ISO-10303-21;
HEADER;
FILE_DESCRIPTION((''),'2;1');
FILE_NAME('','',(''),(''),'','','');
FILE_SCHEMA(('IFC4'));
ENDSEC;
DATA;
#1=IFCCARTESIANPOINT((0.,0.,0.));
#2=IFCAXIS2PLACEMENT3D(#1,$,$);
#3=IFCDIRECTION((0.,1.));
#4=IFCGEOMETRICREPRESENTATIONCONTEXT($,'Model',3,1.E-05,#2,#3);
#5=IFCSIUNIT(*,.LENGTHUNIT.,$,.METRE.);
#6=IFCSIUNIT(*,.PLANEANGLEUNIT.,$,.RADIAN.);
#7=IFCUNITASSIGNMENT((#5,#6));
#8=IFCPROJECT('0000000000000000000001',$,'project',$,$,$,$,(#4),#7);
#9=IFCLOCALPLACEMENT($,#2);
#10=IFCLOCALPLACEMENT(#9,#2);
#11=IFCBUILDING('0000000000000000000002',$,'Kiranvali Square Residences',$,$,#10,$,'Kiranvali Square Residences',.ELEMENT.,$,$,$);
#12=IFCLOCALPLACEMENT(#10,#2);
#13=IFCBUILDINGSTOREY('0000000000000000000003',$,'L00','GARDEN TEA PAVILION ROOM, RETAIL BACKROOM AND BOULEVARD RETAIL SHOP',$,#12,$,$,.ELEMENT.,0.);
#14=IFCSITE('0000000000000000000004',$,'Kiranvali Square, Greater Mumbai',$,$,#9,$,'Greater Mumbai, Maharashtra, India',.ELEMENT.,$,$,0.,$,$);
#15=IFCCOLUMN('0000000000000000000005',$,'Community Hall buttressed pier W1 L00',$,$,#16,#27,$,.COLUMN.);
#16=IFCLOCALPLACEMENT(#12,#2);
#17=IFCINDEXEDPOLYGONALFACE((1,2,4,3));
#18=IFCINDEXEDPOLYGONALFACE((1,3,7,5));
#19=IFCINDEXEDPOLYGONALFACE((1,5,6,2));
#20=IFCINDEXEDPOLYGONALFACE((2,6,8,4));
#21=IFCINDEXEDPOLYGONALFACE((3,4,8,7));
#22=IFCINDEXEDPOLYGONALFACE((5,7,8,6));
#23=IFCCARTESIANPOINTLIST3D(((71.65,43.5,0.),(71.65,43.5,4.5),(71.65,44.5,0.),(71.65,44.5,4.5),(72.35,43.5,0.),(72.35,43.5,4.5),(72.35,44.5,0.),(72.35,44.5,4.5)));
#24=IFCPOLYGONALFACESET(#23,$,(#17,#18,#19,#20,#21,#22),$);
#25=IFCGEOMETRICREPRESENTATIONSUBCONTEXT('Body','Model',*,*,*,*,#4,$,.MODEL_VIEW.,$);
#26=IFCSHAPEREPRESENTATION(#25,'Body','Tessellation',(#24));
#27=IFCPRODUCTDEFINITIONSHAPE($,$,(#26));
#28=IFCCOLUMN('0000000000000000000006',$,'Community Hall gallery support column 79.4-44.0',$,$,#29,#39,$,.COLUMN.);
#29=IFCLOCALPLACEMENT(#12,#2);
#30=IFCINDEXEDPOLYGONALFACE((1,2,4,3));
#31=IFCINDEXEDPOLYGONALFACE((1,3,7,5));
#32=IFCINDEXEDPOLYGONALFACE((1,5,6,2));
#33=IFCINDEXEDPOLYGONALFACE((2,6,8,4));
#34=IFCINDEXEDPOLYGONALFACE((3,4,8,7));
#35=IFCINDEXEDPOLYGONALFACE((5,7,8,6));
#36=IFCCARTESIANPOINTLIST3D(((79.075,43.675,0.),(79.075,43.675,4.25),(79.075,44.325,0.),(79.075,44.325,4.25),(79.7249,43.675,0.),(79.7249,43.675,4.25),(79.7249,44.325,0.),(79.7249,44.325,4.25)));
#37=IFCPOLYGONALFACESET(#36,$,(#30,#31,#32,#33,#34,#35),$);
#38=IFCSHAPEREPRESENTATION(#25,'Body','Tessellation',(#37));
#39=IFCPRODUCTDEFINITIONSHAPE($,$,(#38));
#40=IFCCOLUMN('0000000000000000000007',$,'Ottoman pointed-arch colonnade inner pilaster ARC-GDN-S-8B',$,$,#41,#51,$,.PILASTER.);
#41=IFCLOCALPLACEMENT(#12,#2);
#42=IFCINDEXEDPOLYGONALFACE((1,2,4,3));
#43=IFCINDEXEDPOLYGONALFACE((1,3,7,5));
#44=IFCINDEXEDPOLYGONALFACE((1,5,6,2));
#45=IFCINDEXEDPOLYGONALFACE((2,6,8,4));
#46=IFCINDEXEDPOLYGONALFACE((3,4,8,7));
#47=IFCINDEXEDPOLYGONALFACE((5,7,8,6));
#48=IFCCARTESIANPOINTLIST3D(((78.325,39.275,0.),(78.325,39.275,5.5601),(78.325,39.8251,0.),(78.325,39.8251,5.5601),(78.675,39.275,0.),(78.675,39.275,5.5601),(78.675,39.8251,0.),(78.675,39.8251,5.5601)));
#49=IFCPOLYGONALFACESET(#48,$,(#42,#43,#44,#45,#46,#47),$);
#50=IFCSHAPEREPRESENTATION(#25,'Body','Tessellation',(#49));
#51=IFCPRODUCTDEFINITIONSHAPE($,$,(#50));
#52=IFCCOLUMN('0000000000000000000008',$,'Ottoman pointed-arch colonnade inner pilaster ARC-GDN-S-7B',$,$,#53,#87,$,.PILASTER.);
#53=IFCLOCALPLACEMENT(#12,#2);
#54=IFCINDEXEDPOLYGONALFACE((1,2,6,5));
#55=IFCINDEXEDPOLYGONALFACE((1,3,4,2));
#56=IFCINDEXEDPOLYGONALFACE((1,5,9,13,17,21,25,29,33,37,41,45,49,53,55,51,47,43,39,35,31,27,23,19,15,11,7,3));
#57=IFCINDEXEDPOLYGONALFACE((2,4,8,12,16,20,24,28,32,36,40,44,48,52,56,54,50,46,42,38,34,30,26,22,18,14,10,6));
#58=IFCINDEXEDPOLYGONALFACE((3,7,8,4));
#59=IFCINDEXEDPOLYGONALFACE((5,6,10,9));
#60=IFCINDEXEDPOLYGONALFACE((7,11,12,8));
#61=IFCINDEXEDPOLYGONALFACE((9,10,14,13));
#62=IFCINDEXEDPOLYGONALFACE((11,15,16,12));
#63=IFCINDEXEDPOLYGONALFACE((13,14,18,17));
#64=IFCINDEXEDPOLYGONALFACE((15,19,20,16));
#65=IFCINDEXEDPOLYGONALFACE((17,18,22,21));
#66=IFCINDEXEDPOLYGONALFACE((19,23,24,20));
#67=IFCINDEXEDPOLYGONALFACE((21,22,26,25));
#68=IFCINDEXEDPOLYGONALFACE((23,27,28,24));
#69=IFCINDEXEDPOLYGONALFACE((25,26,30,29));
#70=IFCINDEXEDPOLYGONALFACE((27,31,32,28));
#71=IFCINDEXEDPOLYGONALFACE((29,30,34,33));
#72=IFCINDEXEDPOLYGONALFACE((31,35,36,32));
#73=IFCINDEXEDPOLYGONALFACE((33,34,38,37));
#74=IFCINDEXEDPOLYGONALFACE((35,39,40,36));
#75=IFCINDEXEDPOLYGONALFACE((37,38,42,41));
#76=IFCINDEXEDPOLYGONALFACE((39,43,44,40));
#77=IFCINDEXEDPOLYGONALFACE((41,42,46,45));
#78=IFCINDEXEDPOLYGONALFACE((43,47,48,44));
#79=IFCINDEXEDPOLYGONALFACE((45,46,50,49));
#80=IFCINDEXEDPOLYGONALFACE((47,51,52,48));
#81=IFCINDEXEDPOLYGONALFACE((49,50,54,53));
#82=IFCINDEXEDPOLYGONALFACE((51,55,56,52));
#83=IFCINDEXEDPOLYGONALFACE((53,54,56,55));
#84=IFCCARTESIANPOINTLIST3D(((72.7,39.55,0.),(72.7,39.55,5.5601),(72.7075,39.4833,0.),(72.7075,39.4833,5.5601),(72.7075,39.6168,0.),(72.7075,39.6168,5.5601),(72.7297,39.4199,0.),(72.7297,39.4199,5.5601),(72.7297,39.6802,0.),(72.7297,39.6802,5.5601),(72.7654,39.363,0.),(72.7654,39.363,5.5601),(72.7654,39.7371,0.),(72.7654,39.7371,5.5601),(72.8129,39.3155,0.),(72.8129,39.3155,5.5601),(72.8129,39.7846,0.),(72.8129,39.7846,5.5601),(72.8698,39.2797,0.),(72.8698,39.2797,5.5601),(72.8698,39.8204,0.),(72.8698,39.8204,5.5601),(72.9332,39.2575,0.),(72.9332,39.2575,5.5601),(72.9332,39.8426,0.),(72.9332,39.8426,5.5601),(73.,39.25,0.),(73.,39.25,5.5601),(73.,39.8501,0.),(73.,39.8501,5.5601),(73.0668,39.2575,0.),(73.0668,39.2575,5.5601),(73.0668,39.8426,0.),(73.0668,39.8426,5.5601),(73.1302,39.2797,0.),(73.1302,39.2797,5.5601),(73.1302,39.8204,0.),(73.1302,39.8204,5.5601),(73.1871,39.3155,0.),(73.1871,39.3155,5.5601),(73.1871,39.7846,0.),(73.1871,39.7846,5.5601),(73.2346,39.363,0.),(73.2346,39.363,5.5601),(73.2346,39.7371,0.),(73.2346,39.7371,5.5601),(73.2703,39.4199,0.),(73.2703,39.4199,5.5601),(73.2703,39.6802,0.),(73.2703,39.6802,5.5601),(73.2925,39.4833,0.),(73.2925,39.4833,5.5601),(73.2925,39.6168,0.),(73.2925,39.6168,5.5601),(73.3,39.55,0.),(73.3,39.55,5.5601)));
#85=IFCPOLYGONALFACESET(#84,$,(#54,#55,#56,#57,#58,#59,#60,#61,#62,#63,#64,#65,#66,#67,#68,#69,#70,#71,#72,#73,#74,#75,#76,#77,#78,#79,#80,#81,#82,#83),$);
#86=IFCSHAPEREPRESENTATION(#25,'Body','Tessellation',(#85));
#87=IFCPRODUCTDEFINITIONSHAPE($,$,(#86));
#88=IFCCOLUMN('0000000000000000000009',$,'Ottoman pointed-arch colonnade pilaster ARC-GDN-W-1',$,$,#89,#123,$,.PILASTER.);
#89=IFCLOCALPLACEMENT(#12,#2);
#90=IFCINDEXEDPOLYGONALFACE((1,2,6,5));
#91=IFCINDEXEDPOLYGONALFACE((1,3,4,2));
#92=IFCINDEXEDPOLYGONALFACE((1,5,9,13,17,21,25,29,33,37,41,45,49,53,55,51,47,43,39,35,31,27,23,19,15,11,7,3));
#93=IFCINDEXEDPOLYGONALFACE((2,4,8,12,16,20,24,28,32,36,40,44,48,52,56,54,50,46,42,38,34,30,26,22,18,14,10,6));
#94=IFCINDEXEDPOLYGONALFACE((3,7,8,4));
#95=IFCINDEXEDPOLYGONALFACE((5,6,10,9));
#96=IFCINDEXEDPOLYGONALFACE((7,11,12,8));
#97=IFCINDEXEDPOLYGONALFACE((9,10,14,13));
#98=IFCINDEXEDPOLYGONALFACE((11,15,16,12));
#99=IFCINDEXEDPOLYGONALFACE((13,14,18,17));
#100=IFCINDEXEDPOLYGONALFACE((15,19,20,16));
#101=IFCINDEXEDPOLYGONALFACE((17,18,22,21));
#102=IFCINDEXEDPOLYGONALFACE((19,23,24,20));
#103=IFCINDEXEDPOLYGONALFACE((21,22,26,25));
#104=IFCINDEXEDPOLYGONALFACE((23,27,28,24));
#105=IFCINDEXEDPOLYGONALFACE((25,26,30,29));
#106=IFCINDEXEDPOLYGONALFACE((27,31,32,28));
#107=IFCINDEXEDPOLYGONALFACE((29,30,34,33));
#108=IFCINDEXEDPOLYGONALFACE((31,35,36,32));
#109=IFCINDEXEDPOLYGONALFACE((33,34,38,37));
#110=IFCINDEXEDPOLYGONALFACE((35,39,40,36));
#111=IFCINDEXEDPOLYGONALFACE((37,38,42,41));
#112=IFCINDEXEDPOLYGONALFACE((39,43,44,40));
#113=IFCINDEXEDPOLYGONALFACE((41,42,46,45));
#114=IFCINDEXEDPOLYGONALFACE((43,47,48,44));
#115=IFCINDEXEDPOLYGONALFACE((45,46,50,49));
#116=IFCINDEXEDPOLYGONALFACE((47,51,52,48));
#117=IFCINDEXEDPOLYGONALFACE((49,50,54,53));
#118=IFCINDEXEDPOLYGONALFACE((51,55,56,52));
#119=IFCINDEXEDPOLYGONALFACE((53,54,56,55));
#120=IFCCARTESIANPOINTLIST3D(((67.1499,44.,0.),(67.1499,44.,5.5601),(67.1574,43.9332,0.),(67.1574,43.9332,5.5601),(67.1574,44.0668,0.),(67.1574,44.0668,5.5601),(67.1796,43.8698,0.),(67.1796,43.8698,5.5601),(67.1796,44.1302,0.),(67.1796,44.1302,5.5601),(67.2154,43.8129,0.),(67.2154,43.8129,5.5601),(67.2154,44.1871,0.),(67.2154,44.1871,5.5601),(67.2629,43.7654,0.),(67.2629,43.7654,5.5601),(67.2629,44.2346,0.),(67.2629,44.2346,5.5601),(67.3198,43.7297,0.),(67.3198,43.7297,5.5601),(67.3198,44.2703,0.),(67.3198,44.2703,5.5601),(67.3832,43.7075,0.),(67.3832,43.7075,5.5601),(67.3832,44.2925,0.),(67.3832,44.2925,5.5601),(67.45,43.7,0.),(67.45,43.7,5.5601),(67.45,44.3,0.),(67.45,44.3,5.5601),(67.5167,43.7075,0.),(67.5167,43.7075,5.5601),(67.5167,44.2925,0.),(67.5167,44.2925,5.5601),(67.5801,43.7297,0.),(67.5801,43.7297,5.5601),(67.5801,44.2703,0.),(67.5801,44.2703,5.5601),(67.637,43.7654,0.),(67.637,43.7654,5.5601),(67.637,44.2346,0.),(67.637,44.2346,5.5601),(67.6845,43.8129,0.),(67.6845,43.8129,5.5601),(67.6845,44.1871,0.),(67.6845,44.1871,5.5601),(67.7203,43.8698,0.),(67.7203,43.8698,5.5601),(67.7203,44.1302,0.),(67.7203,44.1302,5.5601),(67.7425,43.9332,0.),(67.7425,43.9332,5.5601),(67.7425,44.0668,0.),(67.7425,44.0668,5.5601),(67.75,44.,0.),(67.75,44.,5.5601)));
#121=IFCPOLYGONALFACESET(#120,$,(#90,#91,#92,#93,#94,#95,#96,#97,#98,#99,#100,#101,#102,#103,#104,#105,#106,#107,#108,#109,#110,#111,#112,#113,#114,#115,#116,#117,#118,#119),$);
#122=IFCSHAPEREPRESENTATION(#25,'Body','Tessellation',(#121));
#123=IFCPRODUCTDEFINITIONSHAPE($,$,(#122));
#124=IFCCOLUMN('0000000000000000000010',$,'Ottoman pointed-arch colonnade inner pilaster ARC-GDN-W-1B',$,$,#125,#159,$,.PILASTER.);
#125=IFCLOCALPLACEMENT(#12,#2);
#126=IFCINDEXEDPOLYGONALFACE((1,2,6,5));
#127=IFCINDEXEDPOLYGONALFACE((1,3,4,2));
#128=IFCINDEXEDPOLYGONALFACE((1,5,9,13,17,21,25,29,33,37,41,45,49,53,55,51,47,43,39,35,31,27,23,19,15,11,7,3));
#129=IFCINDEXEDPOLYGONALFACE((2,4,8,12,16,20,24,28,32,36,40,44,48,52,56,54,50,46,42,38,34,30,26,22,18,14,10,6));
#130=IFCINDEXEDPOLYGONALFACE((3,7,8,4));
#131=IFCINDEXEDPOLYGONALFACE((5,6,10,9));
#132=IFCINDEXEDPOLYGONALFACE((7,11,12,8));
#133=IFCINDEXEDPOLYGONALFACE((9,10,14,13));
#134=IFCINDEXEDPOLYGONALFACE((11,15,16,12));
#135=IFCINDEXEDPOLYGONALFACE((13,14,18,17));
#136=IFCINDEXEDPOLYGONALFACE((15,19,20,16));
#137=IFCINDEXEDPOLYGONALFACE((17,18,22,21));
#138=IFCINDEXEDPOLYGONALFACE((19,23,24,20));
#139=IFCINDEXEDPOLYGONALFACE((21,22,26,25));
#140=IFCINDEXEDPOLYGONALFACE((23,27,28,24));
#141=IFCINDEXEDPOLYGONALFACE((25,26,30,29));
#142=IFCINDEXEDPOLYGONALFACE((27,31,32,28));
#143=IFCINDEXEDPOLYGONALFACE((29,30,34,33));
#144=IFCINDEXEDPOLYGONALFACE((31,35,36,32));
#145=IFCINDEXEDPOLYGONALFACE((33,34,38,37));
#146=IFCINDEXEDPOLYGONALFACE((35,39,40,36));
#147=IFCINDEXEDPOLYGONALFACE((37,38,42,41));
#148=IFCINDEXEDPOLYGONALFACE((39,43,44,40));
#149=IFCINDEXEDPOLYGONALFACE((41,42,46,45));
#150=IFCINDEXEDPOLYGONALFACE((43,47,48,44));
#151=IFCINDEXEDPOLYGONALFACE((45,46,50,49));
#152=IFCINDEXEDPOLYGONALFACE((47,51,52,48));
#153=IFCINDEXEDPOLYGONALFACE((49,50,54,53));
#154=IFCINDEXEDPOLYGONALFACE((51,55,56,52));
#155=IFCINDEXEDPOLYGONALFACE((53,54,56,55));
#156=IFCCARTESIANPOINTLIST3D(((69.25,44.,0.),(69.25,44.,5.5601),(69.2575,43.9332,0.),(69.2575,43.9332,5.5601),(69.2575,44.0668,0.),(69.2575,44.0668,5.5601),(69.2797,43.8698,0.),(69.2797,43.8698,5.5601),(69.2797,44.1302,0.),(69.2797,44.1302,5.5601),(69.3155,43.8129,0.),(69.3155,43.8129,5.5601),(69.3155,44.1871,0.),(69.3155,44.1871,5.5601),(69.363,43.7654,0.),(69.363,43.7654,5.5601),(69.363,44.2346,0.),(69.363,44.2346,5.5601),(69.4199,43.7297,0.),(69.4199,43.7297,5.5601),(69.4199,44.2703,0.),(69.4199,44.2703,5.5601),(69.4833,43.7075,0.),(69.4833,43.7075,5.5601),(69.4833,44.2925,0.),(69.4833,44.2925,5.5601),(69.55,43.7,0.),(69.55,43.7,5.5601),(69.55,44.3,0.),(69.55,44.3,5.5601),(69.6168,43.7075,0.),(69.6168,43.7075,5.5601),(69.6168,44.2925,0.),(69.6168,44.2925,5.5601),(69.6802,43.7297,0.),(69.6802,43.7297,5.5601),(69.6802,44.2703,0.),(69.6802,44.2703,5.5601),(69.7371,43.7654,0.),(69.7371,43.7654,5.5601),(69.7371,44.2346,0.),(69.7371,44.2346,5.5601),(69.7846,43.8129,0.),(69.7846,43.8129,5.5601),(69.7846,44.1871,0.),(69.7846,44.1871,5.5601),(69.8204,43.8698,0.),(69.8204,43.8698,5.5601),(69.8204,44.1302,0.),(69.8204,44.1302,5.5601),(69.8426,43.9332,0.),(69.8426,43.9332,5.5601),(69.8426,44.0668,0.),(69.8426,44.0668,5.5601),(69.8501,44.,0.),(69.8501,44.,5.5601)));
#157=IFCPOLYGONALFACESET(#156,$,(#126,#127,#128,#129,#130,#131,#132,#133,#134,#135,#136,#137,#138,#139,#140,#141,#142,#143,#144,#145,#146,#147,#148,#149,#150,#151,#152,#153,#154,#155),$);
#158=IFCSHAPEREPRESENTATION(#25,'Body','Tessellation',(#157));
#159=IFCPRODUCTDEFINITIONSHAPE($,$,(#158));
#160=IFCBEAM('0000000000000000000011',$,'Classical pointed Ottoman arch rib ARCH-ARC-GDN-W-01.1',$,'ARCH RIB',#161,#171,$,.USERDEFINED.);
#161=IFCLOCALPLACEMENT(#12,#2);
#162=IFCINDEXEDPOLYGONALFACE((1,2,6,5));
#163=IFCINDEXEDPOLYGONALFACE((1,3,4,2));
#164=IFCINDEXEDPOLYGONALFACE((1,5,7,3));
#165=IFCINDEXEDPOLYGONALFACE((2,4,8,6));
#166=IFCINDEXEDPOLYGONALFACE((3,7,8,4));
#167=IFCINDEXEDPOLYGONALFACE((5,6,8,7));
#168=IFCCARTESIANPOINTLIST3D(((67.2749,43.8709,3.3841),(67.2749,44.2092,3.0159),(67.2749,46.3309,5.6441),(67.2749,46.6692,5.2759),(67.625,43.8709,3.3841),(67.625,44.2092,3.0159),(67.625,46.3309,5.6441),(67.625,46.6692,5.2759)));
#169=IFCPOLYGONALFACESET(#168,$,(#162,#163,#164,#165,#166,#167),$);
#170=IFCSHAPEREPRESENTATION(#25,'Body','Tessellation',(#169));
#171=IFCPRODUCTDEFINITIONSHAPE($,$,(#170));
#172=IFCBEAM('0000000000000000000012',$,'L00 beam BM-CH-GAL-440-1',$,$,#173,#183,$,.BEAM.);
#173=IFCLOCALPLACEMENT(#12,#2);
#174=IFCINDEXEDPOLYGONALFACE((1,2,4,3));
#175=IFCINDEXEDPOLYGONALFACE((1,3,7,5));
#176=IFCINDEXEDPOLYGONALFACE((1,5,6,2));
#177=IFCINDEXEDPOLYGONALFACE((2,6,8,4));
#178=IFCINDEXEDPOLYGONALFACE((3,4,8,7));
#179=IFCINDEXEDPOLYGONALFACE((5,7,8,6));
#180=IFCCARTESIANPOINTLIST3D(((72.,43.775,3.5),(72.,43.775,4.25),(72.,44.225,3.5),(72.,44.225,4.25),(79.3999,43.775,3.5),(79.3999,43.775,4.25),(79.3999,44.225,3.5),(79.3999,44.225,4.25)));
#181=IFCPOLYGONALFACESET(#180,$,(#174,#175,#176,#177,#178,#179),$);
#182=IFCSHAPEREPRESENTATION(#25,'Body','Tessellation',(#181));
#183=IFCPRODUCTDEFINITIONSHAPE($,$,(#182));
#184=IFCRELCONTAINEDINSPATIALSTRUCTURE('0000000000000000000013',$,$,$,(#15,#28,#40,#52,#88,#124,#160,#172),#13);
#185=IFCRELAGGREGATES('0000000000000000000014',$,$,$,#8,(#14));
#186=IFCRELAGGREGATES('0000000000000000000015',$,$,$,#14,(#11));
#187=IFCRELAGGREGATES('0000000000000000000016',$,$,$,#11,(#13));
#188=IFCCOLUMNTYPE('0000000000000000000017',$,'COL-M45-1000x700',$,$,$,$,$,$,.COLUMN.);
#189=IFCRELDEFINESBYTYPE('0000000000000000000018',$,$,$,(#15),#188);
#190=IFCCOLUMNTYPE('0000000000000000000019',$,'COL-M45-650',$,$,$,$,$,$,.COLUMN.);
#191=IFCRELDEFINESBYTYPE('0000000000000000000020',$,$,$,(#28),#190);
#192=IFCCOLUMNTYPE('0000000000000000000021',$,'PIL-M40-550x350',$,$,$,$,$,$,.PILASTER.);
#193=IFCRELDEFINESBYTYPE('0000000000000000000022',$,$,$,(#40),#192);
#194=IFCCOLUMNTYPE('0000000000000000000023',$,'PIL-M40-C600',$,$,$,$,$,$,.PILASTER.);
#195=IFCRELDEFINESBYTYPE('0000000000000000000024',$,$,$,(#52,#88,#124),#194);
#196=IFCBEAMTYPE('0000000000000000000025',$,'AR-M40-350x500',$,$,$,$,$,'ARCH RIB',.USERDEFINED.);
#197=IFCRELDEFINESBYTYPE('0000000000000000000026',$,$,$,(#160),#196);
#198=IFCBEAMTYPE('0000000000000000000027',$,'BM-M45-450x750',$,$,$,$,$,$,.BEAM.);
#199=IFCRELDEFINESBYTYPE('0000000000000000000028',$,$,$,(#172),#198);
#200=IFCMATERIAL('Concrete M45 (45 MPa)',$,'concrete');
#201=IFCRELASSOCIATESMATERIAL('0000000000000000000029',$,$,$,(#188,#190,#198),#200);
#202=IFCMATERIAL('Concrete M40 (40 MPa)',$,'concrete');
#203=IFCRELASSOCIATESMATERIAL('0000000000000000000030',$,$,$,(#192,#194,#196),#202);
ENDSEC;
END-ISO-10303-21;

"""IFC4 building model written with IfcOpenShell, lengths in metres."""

from ifc_helpers import new_model, si_unit, direction, frame, origin, origin_2d, place, context, subcontext, project, spatial, rectangle, circle, extrude, material, material_profile, profile_set, type_object, element, save


model = new_model("IFC4")

# Units and contexts
model_context = context("Model", 3, precision=1e-05, world=origin(), true_north=direction((0.0, 1.0)))
body_context = subcontext(model_context, "Body", "Model", "MODEL_VIEW")
ifc_project = project(units=[si_unit("LENGTHUNIT", "METRE"), si_unit("PLANEANGLEUNIT", "RADIAN")], contexts=[model_context])

# Site, building, storey
site_placement = place(None, origin())
site = spatial("IfcSite", under=ifc_project, at=site_placement, Name="Kiranvali Square, Greater Mumbai", LongName="Greater Mumbai, Maharashtra, India", CompositionType="ELEMENT", RefElevation=0.0)
building_placement = place(site_placement, origin())
building = spatial("IfcBuilding", under=site, at=building_placement, Name="Kiranvali Square Residences", LongName="Kiranvali Square Residences", CompositionType="ELEMENT")
storey_placement = place(building_placement, origin())
storey = spatial("IfcBuildingStorey", under=building, at=storey_placement, Name="L00", Description="GARDEN TEA PAVILION ROOM, RETAIL BACKROOM AND BOULEVARD RETAIL SHOP", CompositionType="ELEMENT", Elevation=0.0)

# Columns
ifc_material_1 = material(Name="Concrete M45 (45 MPa)", Category="concrete")
ifc_material_profile_1 = material_profile(ifc_material_1, rectangle(XDim=0.7, YDim=1.0, at=origin_2d()), Name="RC 1000x700")
ifc_profile_set_1 = profile_set([ifc_material_profile_1], Name="Concrete M45 (45 MPa)")
column_type_1 = type_object("IfcColumnType", Name="COL-M45-1000x700", PredefinedType="COLUMN", material=ifc_profile_set_1)
column_1_placement = place(storey_placement, frame((72.0, 44.0, 0.0), z_axis=(0.0, 0.0, 1.0), x_axis=(1.0, 0.0, 0.0)))
element("IfcColumn", 1, at=column_1_placement, inside=storey, type_object=column_type_1, Name="Community Hall buttressed pier W1 L00", PredefinedType="COLUMN", context=body_context, shape_type="SweptSolid", body=[
    extrude(rectangle(XDim=0.7, YDim=1.0, at=origin_2d()), origin(), (0.0, 0.0, 1.0), 4.5),
])
ifc_material_profile_2 = material_profile(ifc_material_1, rectangle(XDim=0.6499, YDim=0.6499, at=origin_2d()), Name="RC 650x650")
ifc_profile_set_2 = profile_set([ifc_material_profile_2], Name="Concrete M45 (45 MPa)")
column_type_2 = type_object("IfcColumnType", Name="COL-M45-650", PredefinedType="COLUMN", material=ifc_profile_set_2)
column_2_placement = place(storey_placement, frame((79.3999, 44.0, 0.0), z_axis=(0.0, 0.0, 1.0), x_axis=(1.0, 0.0, 0.0)))
element("IfcColumn", 2, at=column_2_placement, inside=storey, type_object=column_type_2, Name="Community Hall gallery support column 79.4-44.0", PredefinedType="COLUMN", context=body_context, shape_type="SweptSolid", body=[
    extrude(rectangle(XDim=0.6499, YDim=0.6499, at=origin_2d()), origin(), (0.0, 0.0, 1.0), 4.25),
])
ifc_material_2 = material(Name="Concrete M40 (40 MPa)", Category="concrete")
ifc_material_profile_3 = material_profile(ifc_material_2, rectangle(XDim=0.3501, YDim=0.55, at=origin_2d()), Name="RC 550x350")
ifc_profile_set_3 = profile_set([ifc_material_profile_3], Name="Concrete M40 (40 MPa)")
column_type_3 = type_object("IfcColumnType", Name="PIL-M40-550x350", PredefinedType="PILASTER", material=ifc_profile_set_3)
column_3_placement = place(storey_placement, frame((78.5, 39.55, 0.0), z_axis=(0.0, 0.0, 1.0), x_axis=(1.0, 0.0, 0.0)))
element("IfcColumn", 3, at=column_3_placement, inside=storey, type_object=column_type_3, Name="Ottoman pointed-arch colonnade inner pilaster ARC-GDN-S-8B", PredefinedType="PILASTER", context=body_context, shape_type="SweptSolid", body=[
    extrude(rectangle(XDim=0.3501, YDim=0.55, at=origin_2d()), origin(), (0.0, 0.0, 1.0), 5.5601),
])
ifc_material_profile_4 = material_profile(ifc_material_2, circle(Radius=0.3, at=origin_2d()), Name="RC-CIRC 600")
ifc_profile_set_4 = profile_set([ifc_material_profile_4], Name="Concrete M40 (40 MPa)")
column_type_4 = type_object("IfcColumnType", Name="PIL-M40-C600", PredefinedType="PILASTER", material=ifc_profile_set_4)
for number, where, z_axis, x_axis, name in (
    (4, (73.0, 39.55, 0.0), (0.0, 0.0, 1.0), (1.0, 0.0, 0.0), "Ottoman pointed-arch colonnade inner pilaster ARC-GDN-S-7B"),
    (5, (67.45, 44.0, 0.0), (0.0, 0.0, 1.0), (1.0, 0.0, 0.0), "Ottoman pointed-arch colonnade pilaster ARC-GDN-W-1"),
    (6, (69.55, 44.0, 0.0), (0.0, 0.0, 1.0), (1.0, 0.0, 0.0), "Ottoman pointed-arch colonnade inner pilaster ARC-GDN-W-1B"),
):
    element("IfcColumn", number, at=place(storey_placement, frame(where, z_axis=z_axis, x_axis=x_axis)), inside=storey, type_object=column_type_4, Name=name, PredefinedType="PILASTER", context=body_context, shape_type="SweptSolid", body=[
        extrude(circle(Radius=0.3, at=origin_2d()), origin(), (0.0, 0.0, 1.0), 5.5601),
    ])

# Beams
ifc_material_profile_5 = material_profile(ifc_material_2, rectangle(XDim=0.3501, YDim=0.5, at=origin_2d()), Name="RC 350x500")
ifc_profile_set_5 = profile_set([ifc_material_profile_5], Name="Concrete M40 (40 MPa)")
beam_type_1 = type_object("IfcBeamType", Name="AR-M40-350x500", ElementType="ARCH RIB", PredefinedType="USERDEFINED", material=ifc_profile_set_5)
beam_1_placement = place(storey_placement, frame((67.45, 44.04, 3.2), z_axis=(0.0, 0.736401, 0.676545), x_axis=(-1.0, 0.0, 0.0)))
element("IfcBeam", 7, at=beam_1_placement, inside=storey, type_object=beam_type_1, Name="Classical pointed Ottoman arch rib ARCH-ARC-GDN-W-01.1", ObjectType="ARCH RIB", PredefinedType="USERDEFINED", context=body_context, shape_type="SweptSolid", body=[
    extrude(rectangle(XDim=0.3501, YDim=0.5, at=origin_2d()), origin(), (0.0, 0.0, 1.0), 3.3406),
])
ifc_material_profile_6 = material_profile(ifc_material_1, rectangle(XDim=0.45, YDim=0.75, at=origin_2d()), Name="RC 450x750")
ifc_profile_set_6 = profile_set([ifc_material_profile_6], Name="Concrete M45 (45 MPa)")
beam_type_2 = type_object("IfcBeamType", Name="BM-M45-450x750", PredefinedType="BEAM", material=ifc_profile_set_6)
beam_2_placement = place(storey_placement, frame((72.0, 44.0, 3.875), z_axis=(1.0, 0.0, 0.0), x_axis=(0.0, 1.0, 0.0)))
element("IfcBeam", 8, at=beam_2_placement, inside=storey, type_object=beam_type_2, Name="L00 beam BM-CH-GAL-440-1", PredefinedType="BEAM", context=body_context, shape_type="SweptSolid", body=[
    extrude(rectangle(XDim=0.45, YDim=0.75, at=origin_2d()), origin(), (0.0, 0.0, 1.0), 7.3999),
])

save(model, "model.ifc")
